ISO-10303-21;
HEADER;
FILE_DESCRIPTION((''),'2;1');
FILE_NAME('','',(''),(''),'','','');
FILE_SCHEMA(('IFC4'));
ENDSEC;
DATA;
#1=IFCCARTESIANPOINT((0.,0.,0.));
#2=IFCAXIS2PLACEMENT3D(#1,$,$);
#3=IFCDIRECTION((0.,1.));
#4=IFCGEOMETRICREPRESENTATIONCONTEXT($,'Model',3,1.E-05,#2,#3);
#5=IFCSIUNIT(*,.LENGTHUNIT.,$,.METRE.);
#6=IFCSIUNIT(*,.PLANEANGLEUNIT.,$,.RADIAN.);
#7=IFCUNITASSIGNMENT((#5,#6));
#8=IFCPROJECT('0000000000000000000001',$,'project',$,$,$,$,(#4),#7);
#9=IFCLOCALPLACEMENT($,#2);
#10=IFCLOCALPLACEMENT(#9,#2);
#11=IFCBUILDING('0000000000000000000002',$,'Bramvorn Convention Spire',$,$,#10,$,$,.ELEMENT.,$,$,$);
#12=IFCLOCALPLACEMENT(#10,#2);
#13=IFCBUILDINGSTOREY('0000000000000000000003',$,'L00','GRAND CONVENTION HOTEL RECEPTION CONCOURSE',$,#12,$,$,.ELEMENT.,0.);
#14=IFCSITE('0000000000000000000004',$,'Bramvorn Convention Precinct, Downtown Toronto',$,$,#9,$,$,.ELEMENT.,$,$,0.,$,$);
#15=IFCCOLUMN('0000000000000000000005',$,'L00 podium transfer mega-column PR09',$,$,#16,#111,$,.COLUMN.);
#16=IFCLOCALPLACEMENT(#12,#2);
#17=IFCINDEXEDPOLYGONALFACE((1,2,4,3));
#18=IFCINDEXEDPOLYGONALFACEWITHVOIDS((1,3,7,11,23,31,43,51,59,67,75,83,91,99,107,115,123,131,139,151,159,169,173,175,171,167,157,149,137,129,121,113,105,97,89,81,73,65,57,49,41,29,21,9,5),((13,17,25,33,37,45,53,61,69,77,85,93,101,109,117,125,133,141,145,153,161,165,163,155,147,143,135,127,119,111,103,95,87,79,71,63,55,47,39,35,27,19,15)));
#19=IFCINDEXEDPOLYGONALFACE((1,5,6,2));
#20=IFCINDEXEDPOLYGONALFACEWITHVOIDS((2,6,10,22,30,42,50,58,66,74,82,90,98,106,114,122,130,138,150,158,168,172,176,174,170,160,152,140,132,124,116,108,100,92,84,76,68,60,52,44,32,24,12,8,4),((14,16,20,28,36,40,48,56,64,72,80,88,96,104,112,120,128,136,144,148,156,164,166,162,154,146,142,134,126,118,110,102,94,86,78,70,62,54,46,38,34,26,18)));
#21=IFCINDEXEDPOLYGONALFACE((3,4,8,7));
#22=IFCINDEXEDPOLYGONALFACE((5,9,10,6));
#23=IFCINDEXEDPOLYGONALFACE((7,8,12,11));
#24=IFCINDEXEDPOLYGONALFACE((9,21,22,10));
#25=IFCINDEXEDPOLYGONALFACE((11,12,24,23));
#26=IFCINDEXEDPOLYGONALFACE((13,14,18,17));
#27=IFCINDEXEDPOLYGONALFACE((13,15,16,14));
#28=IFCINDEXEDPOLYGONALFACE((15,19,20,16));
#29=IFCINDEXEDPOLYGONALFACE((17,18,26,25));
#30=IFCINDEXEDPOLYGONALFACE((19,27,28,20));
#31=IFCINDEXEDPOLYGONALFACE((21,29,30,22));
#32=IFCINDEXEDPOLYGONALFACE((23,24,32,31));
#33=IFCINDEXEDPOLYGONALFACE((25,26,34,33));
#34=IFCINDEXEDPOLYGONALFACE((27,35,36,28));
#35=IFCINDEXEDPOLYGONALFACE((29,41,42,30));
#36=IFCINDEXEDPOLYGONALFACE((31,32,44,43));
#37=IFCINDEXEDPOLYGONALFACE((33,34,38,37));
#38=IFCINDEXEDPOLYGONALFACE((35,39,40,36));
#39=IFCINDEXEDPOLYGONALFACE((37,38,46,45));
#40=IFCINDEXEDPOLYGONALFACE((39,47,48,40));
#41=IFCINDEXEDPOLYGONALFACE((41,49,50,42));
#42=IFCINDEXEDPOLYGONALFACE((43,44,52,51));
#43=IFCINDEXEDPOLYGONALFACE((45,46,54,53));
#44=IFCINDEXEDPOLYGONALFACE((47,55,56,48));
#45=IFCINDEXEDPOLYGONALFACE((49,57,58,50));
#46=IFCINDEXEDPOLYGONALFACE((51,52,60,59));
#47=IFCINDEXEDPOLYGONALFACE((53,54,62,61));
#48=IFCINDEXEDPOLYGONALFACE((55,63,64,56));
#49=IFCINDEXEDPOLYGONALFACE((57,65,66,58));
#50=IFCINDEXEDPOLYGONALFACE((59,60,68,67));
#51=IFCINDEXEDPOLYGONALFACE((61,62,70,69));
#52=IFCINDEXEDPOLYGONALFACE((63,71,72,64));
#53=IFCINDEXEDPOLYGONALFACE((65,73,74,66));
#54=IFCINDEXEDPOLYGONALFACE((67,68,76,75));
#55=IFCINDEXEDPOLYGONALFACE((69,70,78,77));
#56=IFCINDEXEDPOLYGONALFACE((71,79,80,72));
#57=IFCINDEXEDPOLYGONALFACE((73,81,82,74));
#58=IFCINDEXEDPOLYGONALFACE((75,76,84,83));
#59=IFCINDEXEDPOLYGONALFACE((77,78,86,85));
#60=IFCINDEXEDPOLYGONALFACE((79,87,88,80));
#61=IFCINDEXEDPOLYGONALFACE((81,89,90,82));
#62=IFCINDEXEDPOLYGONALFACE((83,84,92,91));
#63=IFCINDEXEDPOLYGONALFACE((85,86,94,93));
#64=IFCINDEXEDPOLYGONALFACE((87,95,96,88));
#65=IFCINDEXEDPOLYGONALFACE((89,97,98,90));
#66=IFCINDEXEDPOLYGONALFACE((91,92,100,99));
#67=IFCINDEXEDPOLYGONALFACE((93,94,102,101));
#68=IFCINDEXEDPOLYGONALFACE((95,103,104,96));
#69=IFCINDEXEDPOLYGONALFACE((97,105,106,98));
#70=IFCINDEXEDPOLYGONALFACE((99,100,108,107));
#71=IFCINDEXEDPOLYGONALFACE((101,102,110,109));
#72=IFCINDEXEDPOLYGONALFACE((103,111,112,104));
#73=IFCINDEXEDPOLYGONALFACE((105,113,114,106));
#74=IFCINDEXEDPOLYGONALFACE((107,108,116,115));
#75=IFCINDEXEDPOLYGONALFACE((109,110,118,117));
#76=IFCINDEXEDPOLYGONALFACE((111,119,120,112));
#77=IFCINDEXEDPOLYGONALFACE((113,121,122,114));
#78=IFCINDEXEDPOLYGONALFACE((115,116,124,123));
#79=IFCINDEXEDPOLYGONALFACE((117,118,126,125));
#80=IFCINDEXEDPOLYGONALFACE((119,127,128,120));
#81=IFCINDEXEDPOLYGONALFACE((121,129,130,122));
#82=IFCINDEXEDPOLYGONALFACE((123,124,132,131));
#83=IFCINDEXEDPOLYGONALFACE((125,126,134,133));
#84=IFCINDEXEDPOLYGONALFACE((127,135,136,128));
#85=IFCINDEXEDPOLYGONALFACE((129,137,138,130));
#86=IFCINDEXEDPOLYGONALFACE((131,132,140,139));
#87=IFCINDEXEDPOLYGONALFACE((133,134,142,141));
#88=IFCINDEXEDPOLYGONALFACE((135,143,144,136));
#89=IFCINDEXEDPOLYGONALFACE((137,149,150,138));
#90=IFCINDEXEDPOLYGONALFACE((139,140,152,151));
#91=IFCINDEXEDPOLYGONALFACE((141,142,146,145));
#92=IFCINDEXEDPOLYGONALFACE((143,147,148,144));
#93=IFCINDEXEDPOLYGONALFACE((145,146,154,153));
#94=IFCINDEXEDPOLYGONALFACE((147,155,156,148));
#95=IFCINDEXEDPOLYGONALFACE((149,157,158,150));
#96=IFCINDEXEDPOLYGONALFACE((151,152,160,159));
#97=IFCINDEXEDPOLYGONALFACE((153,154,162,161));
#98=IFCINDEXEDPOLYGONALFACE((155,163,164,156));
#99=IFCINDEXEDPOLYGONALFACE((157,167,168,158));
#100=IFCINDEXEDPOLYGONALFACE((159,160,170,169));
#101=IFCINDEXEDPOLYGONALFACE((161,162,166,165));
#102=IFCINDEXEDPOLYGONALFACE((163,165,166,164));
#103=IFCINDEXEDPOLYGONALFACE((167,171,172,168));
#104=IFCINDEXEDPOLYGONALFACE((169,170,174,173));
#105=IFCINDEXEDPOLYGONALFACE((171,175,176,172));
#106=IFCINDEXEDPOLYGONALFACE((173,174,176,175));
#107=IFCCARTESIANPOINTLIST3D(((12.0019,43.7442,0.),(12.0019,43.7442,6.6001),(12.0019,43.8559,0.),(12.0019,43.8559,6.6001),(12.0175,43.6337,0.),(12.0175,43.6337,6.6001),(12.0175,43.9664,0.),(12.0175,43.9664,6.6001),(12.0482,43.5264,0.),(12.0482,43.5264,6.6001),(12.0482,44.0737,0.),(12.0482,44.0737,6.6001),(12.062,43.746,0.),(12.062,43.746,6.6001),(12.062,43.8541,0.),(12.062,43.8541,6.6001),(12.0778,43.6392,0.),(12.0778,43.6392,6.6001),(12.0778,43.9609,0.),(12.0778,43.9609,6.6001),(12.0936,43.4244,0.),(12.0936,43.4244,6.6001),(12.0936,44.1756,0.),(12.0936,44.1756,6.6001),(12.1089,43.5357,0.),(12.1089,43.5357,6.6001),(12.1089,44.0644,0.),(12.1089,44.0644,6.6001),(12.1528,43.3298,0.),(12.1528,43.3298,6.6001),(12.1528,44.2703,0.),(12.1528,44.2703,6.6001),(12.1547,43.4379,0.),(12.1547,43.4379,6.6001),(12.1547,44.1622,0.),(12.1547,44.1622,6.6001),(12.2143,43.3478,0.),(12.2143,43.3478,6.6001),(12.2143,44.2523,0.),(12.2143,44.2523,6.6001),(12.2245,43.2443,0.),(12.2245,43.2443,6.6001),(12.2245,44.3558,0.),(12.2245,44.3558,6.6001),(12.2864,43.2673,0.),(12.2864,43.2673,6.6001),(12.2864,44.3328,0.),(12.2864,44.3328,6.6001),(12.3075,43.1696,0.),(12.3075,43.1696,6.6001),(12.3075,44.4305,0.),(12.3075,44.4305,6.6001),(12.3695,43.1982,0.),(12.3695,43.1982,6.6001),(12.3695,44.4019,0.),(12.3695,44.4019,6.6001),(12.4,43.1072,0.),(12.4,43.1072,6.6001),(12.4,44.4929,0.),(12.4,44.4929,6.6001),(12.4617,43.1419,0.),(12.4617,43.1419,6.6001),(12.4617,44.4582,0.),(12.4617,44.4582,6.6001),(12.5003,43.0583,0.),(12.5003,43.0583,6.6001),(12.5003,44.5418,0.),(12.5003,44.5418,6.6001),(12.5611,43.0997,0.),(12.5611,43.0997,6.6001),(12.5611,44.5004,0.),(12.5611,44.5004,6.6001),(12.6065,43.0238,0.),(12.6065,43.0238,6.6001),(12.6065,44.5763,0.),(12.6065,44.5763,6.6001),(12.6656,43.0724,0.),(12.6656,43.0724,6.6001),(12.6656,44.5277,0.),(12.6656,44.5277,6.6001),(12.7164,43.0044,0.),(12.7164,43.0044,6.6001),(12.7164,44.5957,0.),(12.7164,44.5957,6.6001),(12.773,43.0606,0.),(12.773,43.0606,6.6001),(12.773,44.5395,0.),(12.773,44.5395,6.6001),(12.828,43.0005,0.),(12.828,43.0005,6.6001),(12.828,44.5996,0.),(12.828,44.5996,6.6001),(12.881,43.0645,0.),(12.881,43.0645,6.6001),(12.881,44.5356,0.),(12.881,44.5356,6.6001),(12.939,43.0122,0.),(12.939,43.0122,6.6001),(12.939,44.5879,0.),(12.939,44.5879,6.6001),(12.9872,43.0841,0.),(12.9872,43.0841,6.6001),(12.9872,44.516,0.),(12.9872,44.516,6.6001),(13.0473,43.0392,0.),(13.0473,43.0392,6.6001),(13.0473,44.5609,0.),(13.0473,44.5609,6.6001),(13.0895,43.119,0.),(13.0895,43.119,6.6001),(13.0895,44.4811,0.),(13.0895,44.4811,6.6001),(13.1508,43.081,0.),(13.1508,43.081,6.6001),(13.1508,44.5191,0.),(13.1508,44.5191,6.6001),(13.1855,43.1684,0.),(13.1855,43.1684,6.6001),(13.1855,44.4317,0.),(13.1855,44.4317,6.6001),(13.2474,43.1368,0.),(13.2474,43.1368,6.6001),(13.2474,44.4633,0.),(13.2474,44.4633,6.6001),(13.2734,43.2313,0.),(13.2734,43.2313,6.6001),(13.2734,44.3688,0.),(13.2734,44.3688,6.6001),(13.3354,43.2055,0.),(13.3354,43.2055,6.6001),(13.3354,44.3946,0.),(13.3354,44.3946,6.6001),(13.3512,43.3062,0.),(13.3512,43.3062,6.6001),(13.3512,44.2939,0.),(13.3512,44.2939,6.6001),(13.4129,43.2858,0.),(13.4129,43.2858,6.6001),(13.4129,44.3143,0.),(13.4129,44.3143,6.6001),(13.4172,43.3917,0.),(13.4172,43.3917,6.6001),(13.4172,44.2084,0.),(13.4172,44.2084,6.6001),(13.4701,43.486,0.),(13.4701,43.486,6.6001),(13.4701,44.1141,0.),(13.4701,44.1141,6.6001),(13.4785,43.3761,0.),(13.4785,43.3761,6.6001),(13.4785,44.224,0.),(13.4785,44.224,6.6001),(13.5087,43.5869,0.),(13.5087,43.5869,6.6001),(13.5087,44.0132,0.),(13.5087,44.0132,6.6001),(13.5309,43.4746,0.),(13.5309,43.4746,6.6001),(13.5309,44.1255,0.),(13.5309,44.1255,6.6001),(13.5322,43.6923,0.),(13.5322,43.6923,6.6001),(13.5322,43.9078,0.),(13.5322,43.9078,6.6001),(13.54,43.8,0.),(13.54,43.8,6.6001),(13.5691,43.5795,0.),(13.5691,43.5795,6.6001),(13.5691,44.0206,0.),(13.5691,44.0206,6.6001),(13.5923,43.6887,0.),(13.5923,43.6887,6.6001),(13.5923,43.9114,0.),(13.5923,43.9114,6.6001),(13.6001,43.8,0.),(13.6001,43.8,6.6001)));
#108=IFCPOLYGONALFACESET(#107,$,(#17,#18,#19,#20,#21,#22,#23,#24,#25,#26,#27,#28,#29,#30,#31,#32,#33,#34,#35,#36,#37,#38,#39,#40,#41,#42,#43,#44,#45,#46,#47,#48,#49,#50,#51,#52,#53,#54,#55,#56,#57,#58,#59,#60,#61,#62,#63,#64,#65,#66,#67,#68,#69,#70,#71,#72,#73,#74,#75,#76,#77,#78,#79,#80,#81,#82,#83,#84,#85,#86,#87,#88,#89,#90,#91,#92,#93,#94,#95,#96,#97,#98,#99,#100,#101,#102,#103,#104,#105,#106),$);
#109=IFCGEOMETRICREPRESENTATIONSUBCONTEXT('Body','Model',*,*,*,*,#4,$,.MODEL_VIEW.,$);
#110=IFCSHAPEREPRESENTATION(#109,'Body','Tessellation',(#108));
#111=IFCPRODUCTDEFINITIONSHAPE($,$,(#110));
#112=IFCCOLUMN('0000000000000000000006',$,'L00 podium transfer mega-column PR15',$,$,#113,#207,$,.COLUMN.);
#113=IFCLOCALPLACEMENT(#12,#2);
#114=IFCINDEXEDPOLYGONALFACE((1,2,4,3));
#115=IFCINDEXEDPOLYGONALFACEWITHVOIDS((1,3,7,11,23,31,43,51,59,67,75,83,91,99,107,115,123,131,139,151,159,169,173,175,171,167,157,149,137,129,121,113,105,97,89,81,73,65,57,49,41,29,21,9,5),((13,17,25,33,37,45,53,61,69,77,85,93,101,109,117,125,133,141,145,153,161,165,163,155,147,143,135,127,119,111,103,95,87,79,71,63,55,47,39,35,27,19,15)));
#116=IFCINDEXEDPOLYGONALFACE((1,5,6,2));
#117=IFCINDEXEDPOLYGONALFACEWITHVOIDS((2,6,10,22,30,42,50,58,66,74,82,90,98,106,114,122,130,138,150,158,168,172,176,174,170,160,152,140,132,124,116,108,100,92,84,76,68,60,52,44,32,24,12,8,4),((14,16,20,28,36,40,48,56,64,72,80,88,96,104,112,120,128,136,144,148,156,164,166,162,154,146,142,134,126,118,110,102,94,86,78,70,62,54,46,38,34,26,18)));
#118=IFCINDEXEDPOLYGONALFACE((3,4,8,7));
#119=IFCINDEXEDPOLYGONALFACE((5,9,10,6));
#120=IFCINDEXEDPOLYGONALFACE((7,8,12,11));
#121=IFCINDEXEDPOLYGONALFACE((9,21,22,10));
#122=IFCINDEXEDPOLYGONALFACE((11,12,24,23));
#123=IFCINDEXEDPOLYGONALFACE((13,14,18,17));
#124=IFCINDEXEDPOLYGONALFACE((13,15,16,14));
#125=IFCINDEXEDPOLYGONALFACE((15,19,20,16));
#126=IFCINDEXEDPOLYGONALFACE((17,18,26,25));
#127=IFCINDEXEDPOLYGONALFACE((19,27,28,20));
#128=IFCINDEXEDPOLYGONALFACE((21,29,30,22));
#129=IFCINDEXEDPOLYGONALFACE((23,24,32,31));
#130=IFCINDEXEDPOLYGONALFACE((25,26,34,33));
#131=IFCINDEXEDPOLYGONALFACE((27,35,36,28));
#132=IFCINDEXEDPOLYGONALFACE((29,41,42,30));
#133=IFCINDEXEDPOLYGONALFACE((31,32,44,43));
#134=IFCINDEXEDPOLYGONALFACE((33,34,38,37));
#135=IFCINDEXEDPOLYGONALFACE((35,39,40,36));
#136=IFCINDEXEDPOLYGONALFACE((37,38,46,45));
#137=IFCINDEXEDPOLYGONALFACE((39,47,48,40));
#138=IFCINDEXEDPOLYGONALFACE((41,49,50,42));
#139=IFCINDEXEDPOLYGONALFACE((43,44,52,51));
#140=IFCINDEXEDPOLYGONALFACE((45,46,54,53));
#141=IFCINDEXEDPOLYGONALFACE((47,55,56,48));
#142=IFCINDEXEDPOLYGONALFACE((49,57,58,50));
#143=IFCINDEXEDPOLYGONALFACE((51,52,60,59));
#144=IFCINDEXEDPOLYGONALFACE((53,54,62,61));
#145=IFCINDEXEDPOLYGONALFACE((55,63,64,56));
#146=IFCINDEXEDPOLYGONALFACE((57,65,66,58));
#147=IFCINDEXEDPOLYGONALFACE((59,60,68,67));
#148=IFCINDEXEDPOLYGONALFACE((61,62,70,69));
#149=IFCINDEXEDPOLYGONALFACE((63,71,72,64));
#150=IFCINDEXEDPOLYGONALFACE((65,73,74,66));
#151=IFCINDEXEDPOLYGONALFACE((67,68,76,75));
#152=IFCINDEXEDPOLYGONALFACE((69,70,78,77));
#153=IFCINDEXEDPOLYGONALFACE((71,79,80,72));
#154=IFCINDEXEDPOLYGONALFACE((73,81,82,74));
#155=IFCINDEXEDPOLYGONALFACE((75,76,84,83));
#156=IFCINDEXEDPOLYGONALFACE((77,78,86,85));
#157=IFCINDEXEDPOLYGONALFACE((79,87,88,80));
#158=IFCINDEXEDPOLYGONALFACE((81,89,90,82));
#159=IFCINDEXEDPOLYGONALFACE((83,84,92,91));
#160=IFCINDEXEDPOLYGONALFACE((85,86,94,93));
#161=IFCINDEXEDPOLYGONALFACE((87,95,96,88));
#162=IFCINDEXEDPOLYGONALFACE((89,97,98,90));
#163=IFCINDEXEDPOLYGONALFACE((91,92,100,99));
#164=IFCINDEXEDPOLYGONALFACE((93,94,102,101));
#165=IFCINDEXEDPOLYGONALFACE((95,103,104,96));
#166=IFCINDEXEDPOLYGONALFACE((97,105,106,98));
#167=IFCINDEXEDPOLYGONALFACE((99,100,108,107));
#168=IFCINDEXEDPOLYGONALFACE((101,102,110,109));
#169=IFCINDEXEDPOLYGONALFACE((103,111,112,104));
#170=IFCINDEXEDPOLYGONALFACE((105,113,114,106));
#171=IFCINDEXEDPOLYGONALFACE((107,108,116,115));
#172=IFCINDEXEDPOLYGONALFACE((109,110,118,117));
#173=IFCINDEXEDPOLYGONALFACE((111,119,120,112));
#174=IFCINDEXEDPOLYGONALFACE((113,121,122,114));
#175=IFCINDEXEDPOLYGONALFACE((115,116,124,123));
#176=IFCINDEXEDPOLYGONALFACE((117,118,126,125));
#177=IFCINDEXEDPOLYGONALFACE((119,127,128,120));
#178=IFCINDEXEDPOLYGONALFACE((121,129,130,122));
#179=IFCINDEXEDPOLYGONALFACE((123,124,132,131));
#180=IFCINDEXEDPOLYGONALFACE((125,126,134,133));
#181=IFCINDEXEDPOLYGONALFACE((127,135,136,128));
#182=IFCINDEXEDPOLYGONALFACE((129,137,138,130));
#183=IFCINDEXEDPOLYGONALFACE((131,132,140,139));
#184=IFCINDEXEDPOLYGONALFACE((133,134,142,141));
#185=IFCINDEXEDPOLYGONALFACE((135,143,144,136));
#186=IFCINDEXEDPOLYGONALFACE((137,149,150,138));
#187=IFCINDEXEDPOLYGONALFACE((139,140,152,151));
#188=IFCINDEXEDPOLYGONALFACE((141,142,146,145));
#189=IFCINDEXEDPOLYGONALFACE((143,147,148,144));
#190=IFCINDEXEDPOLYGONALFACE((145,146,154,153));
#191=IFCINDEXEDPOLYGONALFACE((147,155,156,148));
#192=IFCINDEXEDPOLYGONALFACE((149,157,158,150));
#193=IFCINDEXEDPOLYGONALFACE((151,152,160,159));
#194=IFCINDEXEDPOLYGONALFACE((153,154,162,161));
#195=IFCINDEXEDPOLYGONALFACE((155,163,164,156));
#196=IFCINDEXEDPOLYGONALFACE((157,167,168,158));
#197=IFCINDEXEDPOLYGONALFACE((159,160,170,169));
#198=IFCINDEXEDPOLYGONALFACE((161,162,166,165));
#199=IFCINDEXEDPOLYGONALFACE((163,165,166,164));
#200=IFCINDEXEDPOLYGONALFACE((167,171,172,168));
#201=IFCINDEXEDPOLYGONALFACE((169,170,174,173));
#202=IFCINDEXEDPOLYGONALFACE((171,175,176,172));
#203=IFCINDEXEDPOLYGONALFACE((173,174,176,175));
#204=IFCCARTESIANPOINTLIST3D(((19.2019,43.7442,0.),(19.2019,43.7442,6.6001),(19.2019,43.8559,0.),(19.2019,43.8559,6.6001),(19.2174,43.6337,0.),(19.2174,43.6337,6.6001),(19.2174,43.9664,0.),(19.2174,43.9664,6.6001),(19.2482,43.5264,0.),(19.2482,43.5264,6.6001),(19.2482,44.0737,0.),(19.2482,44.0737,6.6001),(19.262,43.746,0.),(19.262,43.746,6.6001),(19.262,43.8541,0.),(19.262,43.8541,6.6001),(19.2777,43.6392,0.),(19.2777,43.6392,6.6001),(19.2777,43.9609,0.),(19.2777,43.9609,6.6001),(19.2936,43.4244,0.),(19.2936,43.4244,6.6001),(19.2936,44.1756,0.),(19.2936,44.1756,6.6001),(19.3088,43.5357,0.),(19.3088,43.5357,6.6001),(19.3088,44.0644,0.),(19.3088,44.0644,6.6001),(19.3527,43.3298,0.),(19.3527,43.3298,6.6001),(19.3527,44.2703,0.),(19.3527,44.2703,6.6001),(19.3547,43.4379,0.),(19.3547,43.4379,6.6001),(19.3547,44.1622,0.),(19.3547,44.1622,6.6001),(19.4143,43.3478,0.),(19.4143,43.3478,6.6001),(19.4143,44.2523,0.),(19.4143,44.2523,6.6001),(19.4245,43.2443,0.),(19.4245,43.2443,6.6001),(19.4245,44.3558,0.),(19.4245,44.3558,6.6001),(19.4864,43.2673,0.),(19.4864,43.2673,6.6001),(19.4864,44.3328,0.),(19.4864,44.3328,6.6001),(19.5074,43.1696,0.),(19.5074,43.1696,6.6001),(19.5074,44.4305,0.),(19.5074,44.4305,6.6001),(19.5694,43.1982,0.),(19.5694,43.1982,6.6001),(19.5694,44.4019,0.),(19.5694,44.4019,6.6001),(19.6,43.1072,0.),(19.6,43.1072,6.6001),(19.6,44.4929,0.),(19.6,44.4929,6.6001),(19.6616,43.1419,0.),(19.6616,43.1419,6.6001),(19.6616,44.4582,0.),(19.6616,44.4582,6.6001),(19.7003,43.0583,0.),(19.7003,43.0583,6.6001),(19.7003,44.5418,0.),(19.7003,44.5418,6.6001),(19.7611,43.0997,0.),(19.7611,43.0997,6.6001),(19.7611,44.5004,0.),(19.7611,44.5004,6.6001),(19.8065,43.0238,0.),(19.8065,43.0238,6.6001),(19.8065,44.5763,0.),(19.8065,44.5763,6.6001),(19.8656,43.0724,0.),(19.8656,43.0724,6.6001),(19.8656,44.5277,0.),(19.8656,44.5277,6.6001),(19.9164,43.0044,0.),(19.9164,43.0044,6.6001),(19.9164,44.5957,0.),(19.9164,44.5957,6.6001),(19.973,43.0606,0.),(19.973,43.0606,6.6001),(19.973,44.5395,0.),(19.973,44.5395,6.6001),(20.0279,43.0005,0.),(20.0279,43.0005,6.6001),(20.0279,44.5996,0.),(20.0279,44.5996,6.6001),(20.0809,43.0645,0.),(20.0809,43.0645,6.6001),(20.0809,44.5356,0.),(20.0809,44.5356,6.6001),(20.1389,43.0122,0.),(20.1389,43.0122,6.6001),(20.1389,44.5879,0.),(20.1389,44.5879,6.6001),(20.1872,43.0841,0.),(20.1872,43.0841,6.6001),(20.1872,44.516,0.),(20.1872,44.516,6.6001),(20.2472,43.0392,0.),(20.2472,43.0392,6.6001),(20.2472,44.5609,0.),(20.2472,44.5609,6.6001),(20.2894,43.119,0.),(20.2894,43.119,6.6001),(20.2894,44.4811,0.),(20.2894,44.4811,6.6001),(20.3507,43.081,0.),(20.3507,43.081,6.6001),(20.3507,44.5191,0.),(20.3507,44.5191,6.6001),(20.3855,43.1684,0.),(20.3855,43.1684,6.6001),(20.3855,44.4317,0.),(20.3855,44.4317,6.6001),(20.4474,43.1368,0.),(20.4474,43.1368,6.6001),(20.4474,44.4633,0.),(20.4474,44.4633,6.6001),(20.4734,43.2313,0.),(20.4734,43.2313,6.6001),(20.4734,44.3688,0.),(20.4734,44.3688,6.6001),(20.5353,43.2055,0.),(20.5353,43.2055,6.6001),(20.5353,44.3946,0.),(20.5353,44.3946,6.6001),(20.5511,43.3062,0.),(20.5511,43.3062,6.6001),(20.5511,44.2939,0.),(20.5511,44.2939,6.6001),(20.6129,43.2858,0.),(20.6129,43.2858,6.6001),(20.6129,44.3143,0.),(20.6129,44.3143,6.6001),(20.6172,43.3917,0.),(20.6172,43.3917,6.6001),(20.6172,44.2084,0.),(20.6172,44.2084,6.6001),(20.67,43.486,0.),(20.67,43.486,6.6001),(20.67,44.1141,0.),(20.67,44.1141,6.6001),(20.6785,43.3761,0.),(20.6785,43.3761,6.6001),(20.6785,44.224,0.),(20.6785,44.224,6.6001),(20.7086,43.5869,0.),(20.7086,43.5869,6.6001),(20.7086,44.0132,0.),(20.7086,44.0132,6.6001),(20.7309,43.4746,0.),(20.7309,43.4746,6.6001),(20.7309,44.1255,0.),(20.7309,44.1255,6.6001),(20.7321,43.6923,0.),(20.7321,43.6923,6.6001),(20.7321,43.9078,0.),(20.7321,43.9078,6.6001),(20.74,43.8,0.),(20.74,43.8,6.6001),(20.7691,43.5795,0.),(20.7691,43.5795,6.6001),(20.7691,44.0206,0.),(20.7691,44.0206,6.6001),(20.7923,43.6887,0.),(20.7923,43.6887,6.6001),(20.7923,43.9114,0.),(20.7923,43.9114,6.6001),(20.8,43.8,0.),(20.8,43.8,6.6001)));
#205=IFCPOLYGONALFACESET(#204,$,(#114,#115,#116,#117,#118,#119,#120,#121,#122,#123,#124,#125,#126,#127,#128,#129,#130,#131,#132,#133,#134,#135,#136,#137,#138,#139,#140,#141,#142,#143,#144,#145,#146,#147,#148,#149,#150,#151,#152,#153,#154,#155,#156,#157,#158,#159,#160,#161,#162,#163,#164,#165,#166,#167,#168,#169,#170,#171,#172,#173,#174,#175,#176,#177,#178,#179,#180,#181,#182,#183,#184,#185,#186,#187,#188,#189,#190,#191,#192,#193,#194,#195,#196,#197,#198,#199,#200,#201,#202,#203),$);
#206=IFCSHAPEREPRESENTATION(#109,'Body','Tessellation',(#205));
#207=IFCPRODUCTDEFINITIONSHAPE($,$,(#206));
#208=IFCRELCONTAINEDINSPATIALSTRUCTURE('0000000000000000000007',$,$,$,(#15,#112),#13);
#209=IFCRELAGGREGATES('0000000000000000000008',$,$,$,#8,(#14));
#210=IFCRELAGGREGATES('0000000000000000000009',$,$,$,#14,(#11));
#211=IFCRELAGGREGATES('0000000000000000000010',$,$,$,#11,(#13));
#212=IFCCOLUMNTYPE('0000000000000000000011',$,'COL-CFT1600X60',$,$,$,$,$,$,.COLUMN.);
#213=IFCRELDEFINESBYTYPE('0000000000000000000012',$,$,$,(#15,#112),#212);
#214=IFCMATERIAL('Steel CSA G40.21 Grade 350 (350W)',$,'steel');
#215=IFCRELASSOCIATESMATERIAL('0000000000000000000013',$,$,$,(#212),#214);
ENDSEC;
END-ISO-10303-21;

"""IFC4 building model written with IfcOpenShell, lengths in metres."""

from ifc_helpers import new_model, si_unit, direction, frame, origin, origin_2d, place, context, subcontext, project, spatial, hollow_circle, extrude, material, material_profile, profile_set, type_object, element, save


model = new_model("IFC4")

# Units and contexts
model_context = context("Model", 3, precision=1e-05, world=origin(), true_north=direction((0.0, 1.0)))
body_context = subcontext(model_context, "Body", "Model", "MODEL_VIEW")
ifc_project = project(units=[si_unit("LENGTHUNIT", "METRE"), si_unit("PLANEANGLEUNIT", "RADIAN")], contexts=[model_context])

# Site, building, storey
site_placement = place(None, origin())
site = spatial("IfcSite", under=ifc_project, at=site_placement, Name="Bramvorn Convention Precinct, Downtown Toronto", CompositionType="ELEMENT", RefElevation=0.0)
building_placement = place(site_placement, origin())
building = spatial("IfcBuilding", under=site, at=building_placement, Name="Bramvorn Convention Spire", CompositionType="ELEMENT")
storey_placement = place(building_placement, origin())
storey = spatial("IfcBuildingStorey", under=building, at=storey_placement, Name="L00", Description="GRAND CONVENTION HOTEL RECEPTION CONCOURSE", CompositionType="ELEMENT", Elevation=0.0)

# Columns
ifc_material_1 = material(Name="Steel CSA G40.21 Grade 350 (350W)", Category="steel")
ifc_material_profile_1 = material_profile(ifc_material_1, hollow_circle(Radius=0.8, WallThickness=0.0601, at=origin_2d()))
ifc_profile_set_1 = profile_set([ifc_material_profile_1], Name="Steel CSA G40.21 Grade 350 (350W) - CFT1600X60")
column_type_1 = type_object("IfcColumnType", Name="COL-CFT1600X60", PredefinedType="COLUMN", material=ifc_profile_set_1)
for number, where, z_axis, x_axis, name in (
    (1, (12.8, 43.8, 0.0), (0.0, 0.0, 1.0), (1.0, 0.0, 0.0), "L00 podium transfer mega-column PR09"),
    (2, (20.0, 43.8, 0.0), (0.0, 0.0, 1.0), (1.0, 0.0, 0.0), "L00 podium transfer mega-column PR15"),
):
    element("IfcColumn", number, at=place(storey_placement, frame(where, z_axis=z_axis, x_axis=x_axis)), inside=storey, type_object=column_type_1, Name=name, PredefinedType="COLUMN", context=body_context, shape_type="SweptSolid", body=[
        extrude(hollow_circle(Radius=0.8, WallThickness=0.0601, at=origin_2d()), origin(), (0.0, 0.0, 1.0), 6.6001),
    ])

save(model, "model.ifc")
